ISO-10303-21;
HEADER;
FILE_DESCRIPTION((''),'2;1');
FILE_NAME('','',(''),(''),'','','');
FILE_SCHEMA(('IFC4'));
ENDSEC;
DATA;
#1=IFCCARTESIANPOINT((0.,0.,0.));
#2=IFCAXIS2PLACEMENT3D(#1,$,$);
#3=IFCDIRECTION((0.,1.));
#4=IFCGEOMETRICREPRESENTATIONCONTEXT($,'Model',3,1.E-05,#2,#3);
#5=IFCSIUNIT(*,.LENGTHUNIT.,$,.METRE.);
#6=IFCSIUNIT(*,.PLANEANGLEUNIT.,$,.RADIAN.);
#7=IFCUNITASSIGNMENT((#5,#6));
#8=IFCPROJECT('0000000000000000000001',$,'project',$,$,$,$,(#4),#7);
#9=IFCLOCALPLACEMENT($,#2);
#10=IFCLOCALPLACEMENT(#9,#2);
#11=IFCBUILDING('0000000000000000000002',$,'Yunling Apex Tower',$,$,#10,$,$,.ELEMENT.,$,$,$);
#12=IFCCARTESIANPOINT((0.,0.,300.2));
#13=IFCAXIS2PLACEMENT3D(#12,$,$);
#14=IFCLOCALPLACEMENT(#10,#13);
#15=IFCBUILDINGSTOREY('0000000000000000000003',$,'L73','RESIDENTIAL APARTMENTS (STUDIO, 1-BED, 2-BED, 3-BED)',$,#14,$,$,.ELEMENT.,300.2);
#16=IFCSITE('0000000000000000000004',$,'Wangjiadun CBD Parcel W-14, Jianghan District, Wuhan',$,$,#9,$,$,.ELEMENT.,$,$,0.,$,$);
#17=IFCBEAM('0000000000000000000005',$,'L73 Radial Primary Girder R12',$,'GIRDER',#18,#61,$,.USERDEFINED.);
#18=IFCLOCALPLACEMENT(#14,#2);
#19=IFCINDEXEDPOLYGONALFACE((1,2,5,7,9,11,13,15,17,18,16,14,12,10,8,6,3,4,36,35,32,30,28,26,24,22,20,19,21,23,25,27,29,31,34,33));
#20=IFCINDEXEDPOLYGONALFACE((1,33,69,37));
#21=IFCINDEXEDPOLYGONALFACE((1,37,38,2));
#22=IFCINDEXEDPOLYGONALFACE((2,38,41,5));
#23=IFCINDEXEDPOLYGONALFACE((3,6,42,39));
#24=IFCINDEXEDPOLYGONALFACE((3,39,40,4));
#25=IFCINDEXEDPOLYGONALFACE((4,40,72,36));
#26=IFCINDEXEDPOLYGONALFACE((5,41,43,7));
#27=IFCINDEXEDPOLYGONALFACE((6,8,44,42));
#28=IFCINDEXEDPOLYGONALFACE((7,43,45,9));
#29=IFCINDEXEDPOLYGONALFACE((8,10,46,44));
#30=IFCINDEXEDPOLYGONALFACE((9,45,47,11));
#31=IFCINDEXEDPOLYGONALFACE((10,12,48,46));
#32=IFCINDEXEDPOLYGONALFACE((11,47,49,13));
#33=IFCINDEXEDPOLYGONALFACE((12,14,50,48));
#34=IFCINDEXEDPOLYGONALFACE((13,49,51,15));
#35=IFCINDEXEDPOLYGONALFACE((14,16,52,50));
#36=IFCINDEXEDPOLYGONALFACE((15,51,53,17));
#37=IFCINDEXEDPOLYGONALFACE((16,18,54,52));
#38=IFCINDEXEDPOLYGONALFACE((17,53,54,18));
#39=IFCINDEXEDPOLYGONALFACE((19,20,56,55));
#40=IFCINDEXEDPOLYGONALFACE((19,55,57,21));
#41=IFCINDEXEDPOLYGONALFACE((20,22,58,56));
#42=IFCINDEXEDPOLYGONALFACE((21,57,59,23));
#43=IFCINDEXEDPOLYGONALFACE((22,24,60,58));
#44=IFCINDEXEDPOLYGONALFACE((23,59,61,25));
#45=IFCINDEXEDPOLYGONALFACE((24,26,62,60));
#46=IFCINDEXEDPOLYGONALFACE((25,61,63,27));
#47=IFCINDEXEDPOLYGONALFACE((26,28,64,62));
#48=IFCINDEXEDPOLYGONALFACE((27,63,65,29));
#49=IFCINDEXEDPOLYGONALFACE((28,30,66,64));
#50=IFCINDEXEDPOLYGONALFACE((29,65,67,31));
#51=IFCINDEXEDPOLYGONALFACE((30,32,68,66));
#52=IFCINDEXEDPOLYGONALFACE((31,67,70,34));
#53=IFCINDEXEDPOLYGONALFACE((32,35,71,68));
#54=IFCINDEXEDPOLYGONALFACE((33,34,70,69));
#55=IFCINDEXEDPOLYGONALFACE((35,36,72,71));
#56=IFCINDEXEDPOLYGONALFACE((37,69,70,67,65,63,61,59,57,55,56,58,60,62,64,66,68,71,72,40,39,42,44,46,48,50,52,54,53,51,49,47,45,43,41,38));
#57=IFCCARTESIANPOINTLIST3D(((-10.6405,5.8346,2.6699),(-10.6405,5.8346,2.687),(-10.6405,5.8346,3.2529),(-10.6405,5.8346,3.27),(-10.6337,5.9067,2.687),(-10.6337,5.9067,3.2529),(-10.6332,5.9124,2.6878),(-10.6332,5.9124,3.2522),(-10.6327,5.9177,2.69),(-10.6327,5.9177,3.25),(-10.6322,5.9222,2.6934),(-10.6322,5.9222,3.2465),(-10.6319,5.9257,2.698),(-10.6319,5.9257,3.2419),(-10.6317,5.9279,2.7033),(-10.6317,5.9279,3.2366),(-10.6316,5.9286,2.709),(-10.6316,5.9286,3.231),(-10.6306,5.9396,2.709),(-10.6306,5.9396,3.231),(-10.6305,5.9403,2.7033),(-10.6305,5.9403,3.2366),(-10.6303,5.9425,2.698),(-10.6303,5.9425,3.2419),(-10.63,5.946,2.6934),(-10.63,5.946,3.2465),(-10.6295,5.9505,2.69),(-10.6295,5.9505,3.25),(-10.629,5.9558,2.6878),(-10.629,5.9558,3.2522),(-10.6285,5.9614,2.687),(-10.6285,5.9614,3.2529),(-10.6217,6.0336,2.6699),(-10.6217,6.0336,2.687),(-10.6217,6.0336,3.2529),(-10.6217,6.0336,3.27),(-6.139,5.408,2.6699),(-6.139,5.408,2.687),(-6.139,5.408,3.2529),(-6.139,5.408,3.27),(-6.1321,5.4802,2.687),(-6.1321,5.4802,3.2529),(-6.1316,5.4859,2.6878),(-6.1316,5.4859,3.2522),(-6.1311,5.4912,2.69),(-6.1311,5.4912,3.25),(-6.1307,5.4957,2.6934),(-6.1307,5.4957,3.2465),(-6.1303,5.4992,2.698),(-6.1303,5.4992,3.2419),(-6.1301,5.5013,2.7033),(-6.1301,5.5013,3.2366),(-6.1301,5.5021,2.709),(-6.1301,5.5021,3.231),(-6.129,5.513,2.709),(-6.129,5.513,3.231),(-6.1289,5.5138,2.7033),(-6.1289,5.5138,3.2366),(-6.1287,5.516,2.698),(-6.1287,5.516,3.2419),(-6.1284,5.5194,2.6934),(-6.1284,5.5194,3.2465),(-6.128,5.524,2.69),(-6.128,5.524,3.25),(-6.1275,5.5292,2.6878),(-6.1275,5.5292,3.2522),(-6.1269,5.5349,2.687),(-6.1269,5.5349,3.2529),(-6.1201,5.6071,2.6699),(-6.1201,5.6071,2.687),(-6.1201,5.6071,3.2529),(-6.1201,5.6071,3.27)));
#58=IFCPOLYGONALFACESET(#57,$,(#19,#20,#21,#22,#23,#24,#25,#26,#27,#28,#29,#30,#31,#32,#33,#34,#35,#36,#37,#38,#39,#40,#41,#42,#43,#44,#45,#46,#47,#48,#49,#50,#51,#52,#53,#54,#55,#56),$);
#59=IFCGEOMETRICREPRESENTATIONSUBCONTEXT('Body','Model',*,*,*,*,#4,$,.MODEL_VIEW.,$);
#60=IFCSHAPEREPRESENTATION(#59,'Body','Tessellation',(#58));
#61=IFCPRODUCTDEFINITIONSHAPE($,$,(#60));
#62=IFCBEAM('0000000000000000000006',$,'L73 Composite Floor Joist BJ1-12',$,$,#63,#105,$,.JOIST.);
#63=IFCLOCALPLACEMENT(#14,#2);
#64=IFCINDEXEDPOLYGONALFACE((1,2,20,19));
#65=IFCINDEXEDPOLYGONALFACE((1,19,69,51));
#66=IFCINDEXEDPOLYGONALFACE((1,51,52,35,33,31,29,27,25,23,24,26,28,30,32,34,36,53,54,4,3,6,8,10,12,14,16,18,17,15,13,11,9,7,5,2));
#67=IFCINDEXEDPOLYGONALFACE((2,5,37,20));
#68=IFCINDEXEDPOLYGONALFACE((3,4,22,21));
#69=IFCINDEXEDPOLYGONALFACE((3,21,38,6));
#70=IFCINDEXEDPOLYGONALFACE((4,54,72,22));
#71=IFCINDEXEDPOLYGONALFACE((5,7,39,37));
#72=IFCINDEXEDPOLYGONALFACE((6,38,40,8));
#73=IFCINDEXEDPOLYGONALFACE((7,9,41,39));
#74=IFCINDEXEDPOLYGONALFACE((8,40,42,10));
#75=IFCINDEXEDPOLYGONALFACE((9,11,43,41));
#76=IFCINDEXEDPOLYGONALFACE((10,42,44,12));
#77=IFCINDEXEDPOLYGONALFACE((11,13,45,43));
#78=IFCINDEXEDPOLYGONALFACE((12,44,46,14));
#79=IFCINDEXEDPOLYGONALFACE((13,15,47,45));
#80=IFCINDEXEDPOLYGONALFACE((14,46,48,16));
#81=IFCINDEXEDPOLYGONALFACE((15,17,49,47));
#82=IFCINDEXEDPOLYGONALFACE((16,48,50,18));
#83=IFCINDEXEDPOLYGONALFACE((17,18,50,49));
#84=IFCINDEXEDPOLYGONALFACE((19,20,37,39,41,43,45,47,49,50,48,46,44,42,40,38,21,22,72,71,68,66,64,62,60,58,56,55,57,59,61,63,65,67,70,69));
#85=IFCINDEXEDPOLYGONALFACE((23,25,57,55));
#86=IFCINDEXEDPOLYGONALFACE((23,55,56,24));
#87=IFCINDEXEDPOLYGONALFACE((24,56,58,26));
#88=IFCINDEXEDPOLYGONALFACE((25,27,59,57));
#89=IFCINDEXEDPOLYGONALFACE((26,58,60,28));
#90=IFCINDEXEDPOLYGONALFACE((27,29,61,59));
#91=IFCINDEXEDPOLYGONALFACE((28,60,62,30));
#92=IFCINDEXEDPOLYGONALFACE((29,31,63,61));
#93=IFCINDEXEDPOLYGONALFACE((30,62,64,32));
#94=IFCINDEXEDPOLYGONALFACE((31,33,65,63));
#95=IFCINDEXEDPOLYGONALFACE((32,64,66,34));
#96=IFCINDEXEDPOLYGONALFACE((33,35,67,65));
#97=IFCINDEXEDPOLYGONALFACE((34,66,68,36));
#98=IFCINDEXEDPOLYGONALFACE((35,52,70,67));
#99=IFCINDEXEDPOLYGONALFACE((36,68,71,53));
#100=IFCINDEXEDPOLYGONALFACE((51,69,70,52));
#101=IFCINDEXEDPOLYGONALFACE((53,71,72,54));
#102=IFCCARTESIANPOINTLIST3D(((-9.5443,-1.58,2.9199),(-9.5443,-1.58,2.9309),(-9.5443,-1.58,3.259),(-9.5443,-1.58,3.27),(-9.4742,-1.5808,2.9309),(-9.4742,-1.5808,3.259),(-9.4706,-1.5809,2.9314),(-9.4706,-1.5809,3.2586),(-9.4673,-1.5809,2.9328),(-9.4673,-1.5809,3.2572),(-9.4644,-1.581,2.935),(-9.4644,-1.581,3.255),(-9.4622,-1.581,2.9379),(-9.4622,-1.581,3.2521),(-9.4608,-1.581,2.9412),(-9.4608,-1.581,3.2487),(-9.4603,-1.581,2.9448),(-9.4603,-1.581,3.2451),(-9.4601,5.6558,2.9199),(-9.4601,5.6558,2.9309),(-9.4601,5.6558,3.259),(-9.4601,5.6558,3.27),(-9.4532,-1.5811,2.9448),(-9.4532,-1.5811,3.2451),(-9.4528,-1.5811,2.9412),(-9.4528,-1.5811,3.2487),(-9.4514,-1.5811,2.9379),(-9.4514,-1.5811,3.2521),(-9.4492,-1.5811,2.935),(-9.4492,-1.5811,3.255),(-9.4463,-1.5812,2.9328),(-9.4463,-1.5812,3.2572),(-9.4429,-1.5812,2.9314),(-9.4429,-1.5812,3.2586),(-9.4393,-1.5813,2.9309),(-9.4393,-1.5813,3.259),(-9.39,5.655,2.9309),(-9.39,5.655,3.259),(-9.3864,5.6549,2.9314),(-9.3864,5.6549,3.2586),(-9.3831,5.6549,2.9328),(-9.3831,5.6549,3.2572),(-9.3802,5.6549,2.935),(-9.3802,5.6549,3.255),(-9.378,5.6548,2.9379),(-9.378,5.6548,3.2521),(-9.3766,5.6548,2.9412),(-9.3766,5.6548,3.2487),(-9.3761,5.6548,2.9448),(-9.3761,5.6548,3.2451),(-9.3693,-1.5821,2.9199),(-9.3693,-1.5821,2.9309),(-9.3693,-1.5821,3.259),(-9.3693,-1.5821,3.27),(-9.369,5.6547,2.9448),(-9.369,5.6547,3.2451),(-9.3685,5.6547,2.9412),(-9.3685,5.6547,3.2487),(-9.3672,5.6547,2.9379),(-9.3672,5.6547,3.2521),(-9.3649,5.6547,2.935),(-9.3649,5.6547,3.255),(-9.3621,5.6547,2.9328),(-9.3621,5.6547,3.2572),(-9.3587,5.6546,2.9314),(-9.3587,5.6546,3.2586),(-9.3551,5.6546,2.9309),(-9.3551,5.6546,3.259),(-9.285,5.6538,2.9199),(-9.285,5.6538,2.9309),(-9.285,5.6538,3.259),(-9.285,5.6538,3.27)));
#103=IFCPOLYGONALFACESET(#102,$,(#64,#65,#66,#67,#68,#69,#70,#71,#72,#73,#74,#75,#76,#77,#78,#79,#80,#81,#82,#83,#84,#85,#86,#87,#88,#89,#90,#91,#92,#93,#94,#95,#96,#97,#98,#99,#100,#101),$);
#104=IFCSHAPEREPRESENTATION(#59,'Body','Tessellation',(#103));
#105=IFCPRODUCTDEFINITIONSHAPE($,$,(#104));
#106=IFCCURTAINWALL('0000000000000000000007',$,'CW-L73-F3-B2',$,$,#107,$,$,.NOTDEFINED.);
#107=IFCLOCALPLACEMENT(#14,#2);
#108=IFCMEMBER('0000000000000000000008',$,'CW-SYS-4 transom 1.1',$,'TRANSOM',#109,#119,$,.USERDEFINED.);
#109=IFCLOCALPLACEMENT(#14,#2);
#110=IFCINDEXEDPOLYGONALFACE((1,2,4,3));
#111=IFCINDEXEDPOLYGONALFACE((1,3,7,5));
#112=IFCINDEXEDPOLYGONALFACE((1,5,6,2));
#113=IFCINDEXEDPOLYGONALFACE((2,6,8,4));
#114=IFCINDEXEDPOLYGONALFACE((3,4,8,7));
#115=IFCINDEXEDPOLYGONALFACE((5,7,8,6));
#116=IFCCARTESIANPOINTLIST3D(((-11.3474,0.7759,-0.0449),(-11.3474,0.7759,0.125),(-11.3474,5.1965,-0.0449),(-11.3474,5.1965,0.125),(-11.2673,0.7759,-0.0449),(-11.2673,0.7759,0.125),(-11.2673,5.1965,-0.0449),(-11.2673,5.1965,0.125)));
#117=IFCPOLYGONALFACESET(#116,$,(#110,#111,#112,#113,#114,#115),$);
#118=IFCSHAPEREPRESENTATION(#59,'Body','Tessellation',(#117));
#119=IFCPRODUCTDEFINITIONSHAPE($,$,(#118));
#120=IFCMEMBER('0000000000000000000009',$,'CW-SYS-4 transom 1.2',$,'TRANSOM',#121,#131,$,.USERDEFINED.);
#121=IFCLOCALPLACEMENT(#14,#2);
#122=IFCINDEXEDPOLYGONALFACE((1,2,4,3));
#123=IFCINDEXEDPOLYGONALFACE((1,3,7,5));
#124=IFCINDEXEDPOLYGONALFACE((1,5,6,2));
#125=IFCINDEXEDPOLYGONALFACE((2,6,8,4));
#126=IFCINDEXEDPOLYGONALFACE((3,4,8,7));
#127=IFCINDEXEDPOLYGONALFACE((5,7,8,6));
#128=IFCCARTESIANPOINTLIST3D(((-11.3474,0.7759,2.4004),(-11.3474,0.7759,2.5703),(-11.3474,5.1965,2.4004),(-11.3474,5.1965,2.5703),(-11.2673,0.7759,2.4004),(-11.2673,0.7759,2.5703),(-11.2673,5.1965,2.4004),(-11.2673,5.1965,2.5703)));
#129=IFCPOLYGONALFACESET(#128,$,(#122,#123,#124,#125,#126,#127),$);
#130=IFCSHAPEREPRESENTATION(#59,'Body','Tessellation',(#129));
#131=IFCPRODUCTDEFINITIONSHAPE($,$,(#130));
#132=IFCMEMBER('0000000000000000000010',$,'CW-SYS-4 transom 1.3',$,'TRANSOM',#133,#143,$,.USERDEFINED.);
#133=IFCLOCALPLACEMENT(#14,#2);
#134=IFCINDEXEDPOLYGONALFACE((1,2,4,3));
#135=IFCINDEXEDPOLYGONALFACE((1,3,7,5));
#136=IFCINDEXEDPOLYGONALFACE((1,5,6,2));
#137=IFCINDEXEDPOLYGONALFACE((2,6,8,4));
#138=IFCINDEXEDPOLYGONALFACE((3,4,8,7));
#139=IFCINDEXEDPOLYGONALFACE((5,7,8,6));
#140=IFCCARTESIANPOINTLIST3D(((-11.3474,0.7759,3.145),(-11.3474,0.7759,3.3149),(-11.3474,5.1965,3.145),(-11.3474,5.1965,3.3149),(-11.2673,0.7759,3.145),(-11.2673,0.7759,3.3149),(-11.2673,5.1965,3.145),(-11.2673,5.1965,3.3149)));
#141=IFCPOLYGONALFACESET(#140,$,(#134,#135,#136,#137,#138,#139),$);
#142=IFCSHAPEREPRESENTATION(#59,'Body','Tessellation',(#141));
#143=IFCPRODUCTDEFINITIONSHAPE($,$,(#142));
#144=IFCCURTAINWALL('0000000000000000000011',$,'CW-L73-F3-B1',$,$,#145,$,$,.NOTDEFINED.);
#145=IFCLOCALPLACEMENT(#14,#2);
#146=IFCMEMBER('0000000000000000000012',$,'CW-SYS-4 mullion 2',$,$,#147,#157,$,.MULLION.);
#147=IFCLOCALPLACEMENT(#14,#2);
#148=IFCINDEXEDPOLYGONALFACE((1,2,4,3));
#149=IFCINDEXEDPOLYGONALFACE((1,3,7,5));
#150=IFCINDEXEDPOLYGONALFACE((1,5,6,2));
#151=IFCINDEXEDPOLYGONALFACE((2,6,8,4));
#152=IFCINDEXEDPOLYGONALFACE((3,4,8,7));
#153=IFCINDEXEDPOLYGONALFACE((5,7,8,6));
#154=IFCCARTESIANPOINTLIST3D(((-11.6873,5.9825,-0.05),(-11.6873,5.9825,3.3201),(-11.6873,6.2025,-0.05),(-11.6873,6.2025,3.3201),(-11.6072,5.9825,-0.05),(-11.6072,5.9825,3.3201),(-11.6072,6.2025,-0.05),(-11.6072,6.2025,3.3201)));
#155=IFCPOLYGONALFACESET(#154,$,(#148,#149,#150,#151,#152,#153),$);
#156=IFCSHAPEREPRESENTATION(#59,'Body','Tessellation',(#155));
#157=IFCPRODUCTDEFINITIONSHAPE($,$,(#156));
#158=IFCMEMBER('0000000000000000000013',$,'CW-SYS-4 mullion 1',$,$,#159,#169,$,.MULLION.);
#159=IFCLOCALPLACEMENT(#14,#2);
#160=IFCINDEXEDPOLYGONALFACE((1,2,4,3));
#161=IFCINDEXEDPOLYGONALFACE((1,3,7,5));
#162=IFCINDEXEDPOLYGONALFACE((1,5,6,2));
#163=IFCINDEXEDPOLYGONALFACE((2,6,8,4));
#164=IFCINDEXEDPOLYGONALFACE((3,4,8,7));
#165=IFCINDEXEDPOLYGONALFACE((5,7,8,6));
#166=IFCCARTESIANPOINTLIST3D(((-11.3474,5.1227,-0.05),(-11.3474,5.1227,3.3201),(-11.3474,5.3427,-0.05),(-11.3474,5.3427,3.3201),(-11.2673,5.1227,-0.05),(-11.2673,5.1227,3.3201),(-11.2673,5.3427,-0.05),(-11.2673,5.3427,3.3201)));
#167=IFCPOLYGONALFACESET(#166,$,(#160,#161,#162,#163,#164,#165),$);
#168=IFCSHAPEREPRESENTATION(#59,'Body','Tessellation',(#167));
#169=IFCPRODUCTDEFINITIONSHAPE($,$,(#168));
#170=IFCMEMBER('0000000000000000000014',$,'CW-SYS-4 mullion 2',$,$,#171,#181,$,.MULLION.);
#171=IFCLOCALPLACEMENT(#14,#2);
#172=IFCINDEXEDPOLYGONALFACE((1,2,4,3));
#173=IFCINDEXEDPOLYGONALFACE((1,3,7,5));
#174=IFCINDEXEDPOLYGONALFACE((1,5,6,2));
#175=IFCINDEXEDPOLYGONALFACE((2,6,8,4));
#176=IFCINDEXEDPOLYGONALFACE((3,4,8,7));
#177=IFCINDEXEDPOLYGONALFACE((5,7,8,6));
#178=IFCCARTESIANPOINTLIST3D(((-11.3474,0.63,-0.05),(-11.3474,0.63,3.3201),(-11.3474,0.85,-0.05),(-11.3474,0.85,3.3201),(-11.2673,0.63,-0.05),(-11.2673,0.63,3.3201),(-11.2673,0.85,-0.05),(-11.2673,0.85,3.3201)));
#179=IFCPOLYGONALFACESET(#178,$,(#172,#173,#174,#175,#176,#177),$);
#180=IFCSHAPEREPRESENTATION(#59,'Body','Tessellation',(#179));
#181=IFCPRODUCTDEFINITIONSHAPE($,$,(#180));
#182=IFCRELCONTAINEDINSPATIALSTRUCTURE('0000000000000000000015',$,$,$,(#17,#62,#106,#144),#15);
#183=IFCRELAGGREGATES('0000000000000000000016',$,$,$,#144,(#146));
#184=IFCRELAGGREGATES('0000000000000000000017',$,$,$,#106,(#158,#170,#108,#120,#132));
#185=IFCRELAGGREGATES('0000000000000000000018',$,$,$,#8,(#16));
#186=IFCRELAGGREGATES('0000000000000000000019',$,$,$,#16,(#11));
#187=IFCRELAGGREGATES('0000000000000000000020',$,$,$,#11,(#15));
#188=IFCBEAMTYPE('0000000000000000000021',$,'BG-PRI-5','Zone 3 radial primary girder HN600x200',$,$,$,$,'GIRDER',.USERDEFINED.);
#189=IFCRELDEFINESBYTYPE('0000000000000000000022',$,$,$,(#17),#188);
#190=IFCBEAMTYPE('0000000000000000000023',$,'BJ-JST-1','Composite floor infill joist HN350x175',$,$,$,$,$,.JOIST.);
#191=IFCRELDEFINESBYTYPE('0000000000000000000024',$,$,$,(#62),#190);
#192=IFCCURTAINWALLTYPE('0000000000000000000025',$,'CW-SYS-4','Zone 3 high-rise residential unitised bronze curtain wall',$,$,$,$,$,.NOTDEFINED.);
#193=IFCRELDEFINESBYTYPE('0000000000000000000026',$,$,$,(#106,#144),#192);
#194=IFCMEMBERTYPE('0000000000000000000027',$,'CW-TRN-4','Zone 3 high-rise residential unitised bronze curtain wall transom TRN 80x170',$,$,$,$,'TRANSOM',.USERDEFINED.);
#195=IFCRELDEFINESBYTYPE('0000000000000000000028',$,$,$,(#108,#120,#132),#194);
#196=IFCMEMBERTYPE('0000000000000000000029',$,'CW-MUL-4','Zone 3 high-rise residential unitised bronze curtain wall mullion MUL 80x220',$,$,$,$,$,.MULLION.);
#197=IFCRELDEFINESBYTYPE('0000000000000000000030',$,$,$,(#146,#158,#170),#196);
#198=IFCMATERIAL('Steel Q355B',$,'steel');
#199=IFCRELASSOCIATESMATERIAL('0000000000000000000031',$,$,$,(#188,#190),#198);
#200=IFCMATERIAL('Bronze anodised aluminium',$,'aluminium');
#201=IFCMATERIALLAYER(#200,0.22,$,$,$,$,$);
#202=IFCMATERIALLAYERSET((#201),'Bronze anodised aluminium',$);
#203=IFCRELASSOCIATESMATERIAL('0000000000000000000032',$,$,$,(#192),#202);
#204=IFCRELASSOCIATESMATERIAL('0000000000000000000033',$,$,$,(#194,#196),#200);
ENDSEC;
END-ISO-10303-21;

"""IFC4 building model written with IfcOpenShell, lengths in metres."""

from ifc_helpers import new_model, si_unit, direction, frame, origin, origin_2d, place, context, subcontext, project, spatial, rectangle, i_section, extrude, source, transform, mapped, material, layer, layer_set, material_profile, profile_set, type_object, element, aggregate, save


model = new_model("IFC4")

# Units and contexts
model_context = context("Model", 3, precision=1e-05, world=origin(), true_north=direction((0.0, 1.0)))
body_context = subcontext(model_context, "Body", "Model", "MODEL_VIEW")
ifc_project = project(units=[si_unit("LENGTHUNIT", "METRE"), si_unit("PLANEANGLEUNIT", "RADIAN")], contexts=[model_context])

# Site, building, storey
site_placement = place(None, origin())
site = spatial("IfcSite", under=ifc_project, at=site_placement, Name="Wangjiadun CBD Parcel W-14, Jianghan District, Wuhan", CompositionType="ELEMENT", RefElevation=0.0)
building_placement = place(site_placement, origin())
building = spatial("IfcBuilding", under=site, at=building_placement, Name="Yunling Apex Tower", CompositionType="ELEMENT")
storey_placement = place(building_placement, frame((0.0, 0.0, 300.2)))
storey = spatial("IfcBuildingStorey", under=building, at=storey_placement, Name="L73", Description="RESIDENTIAL APARTMENTS (STUDIO, 1-BED, 2-BED, 3-BED)", CompositionType="ELEMENT", Elevation=300.2)

# Shared definitions
ifc_material_1 = material(Name="Steel Q355B", Category="steel")

# Beams
ifc_material_profile_1 = material_profile(ifc_material_1, i_section(OverallWidth=0.2, OverallDepth=0.6001, WebThickness=0.011, FlangeThickness=0.0171, FilletRadius=0.022, at=origin_2d()))
ifc_profile_set_1 = profile_set([ifc_material_profile_1], Name="Steel Q355B")
beam_type_1 = type_object("IfcBeamType", Name="BG-PRI-5", Description="Zone 3 radial primary girder HN600x200", ElementType="GIRDER", PredefinedType="USERDEFINED", material=ifc_profile_set_1)
shared_shape_1 = source(origin(), body_context, "Body", "SweptSolid", [
    extrude(i_section(OverallWidth=0.2, OverallDepth=0.6001, WebThickness=0.011, FlangeThickness=0.0171, FilletRadius=0.022, at=origin_2d()), origin(), (0.0, 0.0, 1.0), 4.5217),
])
beam_1_placement = place(storey_placement, frame((-10.6311, 5.9341, 2.97), z_axis=(0.995541, -0.094328, 0.0), x_axis=(0.094328, 0.995541, 0.0)))
element("IfcBeam", 1, at=beam_1_placement, inside=storey, type_object=beam_type_1, Name="L73 Radial Primary Girder R12", ObjectType="GIRDER", PredefinedType="USERDEFINED", context=body_context, shape_type="MappedRepresentation", body=[
    mapped(shared_shape_1, transform((0.0, 0.0, 0.0), scale=1.0)),
])
ifc_material_profile_2 = material_profile(ifc_material_1, i_section(OverallWidth=0.175, OverallDepth=0.3501, WebThickness=0.0071, FlangeThickness=0.011, FilletRadius=0.0139, at=origin_2d()))
ifc_profile_set_2 = profile_set([ifc_material_profile_2], Name="Steel Q355B")
beam_type_2 = type_object("IfcBeamType", Name="BJ-JST-1", Description="Composite floor infill joist HN350x175", PredefinedType="JOIST", material=ifc_profile_set_2)
shared_shape_2 = source(origin(), body_context, "Body", "SweptSolid", [
    extrude(i_section(OverallWidth=0.175, OverallDepth=0.3501, WebThickness=0.0071, FlangeThickness=0.011, FilletRadius=0.0139, at=origin_2d()), origin(), (0.0, 0.0, 1.0), 7.2363),
])
beam_2_placement = place(storey_placement, frame((-9.3726, 5.6548, 3.095), z_axis=(-0.01164, -0.999932, 0.0), x_axis=(0.999932, -0.01164, 0.0)))
element("IfcBeam", 2, at=beam_2_placement, inside=storey, type_object=beam_type_2, Name="L73 Composite Floor Joist BJ1-12", PredefinedType="JOIST", context=body_context, shape_type="MappedRepresentation", body=[
    mapped(shared_shape_2, transform((0.0, 0.0, 0.0), scale=1.0)),
])

# Curtain wall, members
ifc_material_2 = material(Name="Bronze anodised aluminium", Category="aluminium")
ifc_layer_1 = layer(ifc_material_2, 0.22)
ifc_layer_set_1 = layer_set([ifc_layer_1], Name="Bronze anodised aluminium")
curtain_wall_type = type_object("IfcCurtainWallType", Name="CW-SYS-4", Description="Zone 3 high-rise residential unitised bronze curtain wall", PredefinedType="NOTDEFINED", material=ifc_layer_set_1)
curtain_wall_1_placement = place(storey_placement, origin())
curtain_wall_1 = element("IfcCurtainWall", 3, at=curtain_wall_1_placement, inside=storey, type_object=curtain_wall_type, Name="CW-L73-F3-B2", PredefinedType="NOTDEFINED")
ifc_material_profile_3 = material_profile(ifc_material_2, rectangle(XDim=0.0801, YDim=0.1699, at=origin_2d()))
ifc_profile_set_3 = profile_set([ifc_material_profile_3], Name="Bronze anodised aluminium")
member_type_1 = type_object("IfcMemberType", Name="CW-TRN-4", Description="Zone 3 high-rise residential unitised bronze curtain wall transom TRN 80x170", ElementType="TRANSOM", PredefinedType="USERDEFINED", material=ifc_profile_set_3)
shared_shape_3 = source(origin(), body_context, "Body", "SweptSolid", [
    extrude(rectangle(XDim=0.0801, YDim=0.1699, at=origin_2d()), origin(), (0.0, 0.0, 1.0), 4.4207),
])
member_1_placement = place(storey_placement, frame((-11.3074, 5.1965, 0.04), z_axis=(0.0, -1.0, 0.0), x_axis=(1.0, 0.0, 0.0)))
member_1 = element("IfcMember", 4, at=member_1_placement, type_object=member_type_1, Name="CW-SYS-4 transom 1.1", ObjectType="TRANSOM", PredefinedType="USERDEFINED", context=body_context, shape_type="MappedRepresentation", body=[
    mapped(shared_shape_3, transform((0.0, 0.0, 0.0), scale=1.0)),
])
member_2_placement = place(storey_placement, frame((-11.3074, 5.1965, 2.4854), z_axis=(0.0, -1.0, 0.0), x_axis=(1.0, 0.0, 0.0)))
member_2 = element("IfcMember", 5, at=member_2_placement, type_object=member_type_1, Name="CW-SYS-4 transom 1.2", ObjectType="TRANSOM", PredefinedType="USERDEFINED", context=body_context, shape_type="MappedRepresentation", body=[
    mapped(shared_shape_3, transform((0.0, 0.0, 0.0), scale=1.0)),
])
member_3_placement = place(storey_placement, frame((-11.3074, 5.1965, 3.23), z_axis=(0.0, -1.0, 0.0), x_axis=(1.0, 0.0, 0.0)))
member_3 = element("IfcMember", 6, at=member_3_placement, type_object=member_type_1, Name="CW-SYS-4 transom 1.3", ObjectType="TRANSOM", PredefinedType="USERDEFINED", context=body_context, shape_type="MappedRepresentation", body=[
    mapped(shared_shape_3, transform((0.0, 0.0, 0.0), scale=1.0)),
])

# Curtain wall, member
curtain_wall_2_placement = place(storey_placement, origin())
curtain_wall_2 = element("IfcCurtainWall", 7, at=curtain_wall_2_placement, inside=storey, type_object=curtain_wall_type, Name="CW-L73-F3-B1", PredefinedType="NOTDEFINED")
ifc_material_profile_4 = material_profile(ifc_material_2, rectangle(XDim=0.0801, YDim=0.22, at=origin_2d()))
ifc_profile_set_4 = profile_set([ifc_material_profile_4], Name="Bronze anodised aluminium")
member_type_2 = type_object("IfcMemberType", Name="CW-MUL-4", Description="Zone 3 high-rise residential unitised bronze curtain wall mullion MUL 80x220", PredefinedType="MULLION", material=ifc_profile_set_4)
shared_shape_4 = source(origin(), body_context, "Body", "SweptSolid", [
    extrude(rectangle(XDim=0.0801, YDim=0.22, at=origin_2d()), origin(), (0.0, 0.0, 1.0), 3.3701),
])
member_4_placement = place(storey_placement, frame((-11.6472, 6.0925, -0.05), z_axis=(0.0, 0.0, 1.0), x_axis=(1.0, 0.0, 0.0)))
member_4 = element("IfcMember", 8, at=member_4_placement, type_object=member_type_2, Name="CW-SYS-4 mullion 2", PredefinedType="MULLION", context=body_context, shape_type="MappedRepresentation", body=[
    mapped(shared_shape_4, transform((0.0, 0.0, 0.0), scale=1.0)),
])
aggregate(curtain_wall_2, [member_4])

# Members
member_5_placement = place(storey_placement, frame((-11.3074, 5.2327, -0.05), z_axis=(0.0, 0.0, 1.0), x_axis=(1.0, 0.0, 0.0)))
member_5 = element("IfcMember", 9, at=member_5_placement, type_object=member_type_2, Name="CW-SYS-4 mullion 1", PredefinedType="MULLION", context=body_context, shape_type="MappedRepresentation", body=[
    mapped(shared_shape_4, transform((0.0, 0.0, 0.0), scale=1.0)),
])
member_6_placement = place(storey_placement, frame((-11.3074, 0.74, -0.05), z_axis=(0.0, 0.0, 1.0), x_axis=(1.0, 0.0, 0.0)))
member_6 = element("IfcMember", 10, at=member_6_placement, type_object=member_type_2, Name="CW-SYS-4 mullion 2", PredefinedType="MULLION", context=body_context, shape_type="MappedRepresentation", body=[
    mapped(shared_shape_4, transform((0.0, 0.0, 0.0), scale=1.0)),
])

aggregate(curtain_wall_1, [member_5, member_6, member_1, member_2, member_3])

save(model, "model.ifc")
